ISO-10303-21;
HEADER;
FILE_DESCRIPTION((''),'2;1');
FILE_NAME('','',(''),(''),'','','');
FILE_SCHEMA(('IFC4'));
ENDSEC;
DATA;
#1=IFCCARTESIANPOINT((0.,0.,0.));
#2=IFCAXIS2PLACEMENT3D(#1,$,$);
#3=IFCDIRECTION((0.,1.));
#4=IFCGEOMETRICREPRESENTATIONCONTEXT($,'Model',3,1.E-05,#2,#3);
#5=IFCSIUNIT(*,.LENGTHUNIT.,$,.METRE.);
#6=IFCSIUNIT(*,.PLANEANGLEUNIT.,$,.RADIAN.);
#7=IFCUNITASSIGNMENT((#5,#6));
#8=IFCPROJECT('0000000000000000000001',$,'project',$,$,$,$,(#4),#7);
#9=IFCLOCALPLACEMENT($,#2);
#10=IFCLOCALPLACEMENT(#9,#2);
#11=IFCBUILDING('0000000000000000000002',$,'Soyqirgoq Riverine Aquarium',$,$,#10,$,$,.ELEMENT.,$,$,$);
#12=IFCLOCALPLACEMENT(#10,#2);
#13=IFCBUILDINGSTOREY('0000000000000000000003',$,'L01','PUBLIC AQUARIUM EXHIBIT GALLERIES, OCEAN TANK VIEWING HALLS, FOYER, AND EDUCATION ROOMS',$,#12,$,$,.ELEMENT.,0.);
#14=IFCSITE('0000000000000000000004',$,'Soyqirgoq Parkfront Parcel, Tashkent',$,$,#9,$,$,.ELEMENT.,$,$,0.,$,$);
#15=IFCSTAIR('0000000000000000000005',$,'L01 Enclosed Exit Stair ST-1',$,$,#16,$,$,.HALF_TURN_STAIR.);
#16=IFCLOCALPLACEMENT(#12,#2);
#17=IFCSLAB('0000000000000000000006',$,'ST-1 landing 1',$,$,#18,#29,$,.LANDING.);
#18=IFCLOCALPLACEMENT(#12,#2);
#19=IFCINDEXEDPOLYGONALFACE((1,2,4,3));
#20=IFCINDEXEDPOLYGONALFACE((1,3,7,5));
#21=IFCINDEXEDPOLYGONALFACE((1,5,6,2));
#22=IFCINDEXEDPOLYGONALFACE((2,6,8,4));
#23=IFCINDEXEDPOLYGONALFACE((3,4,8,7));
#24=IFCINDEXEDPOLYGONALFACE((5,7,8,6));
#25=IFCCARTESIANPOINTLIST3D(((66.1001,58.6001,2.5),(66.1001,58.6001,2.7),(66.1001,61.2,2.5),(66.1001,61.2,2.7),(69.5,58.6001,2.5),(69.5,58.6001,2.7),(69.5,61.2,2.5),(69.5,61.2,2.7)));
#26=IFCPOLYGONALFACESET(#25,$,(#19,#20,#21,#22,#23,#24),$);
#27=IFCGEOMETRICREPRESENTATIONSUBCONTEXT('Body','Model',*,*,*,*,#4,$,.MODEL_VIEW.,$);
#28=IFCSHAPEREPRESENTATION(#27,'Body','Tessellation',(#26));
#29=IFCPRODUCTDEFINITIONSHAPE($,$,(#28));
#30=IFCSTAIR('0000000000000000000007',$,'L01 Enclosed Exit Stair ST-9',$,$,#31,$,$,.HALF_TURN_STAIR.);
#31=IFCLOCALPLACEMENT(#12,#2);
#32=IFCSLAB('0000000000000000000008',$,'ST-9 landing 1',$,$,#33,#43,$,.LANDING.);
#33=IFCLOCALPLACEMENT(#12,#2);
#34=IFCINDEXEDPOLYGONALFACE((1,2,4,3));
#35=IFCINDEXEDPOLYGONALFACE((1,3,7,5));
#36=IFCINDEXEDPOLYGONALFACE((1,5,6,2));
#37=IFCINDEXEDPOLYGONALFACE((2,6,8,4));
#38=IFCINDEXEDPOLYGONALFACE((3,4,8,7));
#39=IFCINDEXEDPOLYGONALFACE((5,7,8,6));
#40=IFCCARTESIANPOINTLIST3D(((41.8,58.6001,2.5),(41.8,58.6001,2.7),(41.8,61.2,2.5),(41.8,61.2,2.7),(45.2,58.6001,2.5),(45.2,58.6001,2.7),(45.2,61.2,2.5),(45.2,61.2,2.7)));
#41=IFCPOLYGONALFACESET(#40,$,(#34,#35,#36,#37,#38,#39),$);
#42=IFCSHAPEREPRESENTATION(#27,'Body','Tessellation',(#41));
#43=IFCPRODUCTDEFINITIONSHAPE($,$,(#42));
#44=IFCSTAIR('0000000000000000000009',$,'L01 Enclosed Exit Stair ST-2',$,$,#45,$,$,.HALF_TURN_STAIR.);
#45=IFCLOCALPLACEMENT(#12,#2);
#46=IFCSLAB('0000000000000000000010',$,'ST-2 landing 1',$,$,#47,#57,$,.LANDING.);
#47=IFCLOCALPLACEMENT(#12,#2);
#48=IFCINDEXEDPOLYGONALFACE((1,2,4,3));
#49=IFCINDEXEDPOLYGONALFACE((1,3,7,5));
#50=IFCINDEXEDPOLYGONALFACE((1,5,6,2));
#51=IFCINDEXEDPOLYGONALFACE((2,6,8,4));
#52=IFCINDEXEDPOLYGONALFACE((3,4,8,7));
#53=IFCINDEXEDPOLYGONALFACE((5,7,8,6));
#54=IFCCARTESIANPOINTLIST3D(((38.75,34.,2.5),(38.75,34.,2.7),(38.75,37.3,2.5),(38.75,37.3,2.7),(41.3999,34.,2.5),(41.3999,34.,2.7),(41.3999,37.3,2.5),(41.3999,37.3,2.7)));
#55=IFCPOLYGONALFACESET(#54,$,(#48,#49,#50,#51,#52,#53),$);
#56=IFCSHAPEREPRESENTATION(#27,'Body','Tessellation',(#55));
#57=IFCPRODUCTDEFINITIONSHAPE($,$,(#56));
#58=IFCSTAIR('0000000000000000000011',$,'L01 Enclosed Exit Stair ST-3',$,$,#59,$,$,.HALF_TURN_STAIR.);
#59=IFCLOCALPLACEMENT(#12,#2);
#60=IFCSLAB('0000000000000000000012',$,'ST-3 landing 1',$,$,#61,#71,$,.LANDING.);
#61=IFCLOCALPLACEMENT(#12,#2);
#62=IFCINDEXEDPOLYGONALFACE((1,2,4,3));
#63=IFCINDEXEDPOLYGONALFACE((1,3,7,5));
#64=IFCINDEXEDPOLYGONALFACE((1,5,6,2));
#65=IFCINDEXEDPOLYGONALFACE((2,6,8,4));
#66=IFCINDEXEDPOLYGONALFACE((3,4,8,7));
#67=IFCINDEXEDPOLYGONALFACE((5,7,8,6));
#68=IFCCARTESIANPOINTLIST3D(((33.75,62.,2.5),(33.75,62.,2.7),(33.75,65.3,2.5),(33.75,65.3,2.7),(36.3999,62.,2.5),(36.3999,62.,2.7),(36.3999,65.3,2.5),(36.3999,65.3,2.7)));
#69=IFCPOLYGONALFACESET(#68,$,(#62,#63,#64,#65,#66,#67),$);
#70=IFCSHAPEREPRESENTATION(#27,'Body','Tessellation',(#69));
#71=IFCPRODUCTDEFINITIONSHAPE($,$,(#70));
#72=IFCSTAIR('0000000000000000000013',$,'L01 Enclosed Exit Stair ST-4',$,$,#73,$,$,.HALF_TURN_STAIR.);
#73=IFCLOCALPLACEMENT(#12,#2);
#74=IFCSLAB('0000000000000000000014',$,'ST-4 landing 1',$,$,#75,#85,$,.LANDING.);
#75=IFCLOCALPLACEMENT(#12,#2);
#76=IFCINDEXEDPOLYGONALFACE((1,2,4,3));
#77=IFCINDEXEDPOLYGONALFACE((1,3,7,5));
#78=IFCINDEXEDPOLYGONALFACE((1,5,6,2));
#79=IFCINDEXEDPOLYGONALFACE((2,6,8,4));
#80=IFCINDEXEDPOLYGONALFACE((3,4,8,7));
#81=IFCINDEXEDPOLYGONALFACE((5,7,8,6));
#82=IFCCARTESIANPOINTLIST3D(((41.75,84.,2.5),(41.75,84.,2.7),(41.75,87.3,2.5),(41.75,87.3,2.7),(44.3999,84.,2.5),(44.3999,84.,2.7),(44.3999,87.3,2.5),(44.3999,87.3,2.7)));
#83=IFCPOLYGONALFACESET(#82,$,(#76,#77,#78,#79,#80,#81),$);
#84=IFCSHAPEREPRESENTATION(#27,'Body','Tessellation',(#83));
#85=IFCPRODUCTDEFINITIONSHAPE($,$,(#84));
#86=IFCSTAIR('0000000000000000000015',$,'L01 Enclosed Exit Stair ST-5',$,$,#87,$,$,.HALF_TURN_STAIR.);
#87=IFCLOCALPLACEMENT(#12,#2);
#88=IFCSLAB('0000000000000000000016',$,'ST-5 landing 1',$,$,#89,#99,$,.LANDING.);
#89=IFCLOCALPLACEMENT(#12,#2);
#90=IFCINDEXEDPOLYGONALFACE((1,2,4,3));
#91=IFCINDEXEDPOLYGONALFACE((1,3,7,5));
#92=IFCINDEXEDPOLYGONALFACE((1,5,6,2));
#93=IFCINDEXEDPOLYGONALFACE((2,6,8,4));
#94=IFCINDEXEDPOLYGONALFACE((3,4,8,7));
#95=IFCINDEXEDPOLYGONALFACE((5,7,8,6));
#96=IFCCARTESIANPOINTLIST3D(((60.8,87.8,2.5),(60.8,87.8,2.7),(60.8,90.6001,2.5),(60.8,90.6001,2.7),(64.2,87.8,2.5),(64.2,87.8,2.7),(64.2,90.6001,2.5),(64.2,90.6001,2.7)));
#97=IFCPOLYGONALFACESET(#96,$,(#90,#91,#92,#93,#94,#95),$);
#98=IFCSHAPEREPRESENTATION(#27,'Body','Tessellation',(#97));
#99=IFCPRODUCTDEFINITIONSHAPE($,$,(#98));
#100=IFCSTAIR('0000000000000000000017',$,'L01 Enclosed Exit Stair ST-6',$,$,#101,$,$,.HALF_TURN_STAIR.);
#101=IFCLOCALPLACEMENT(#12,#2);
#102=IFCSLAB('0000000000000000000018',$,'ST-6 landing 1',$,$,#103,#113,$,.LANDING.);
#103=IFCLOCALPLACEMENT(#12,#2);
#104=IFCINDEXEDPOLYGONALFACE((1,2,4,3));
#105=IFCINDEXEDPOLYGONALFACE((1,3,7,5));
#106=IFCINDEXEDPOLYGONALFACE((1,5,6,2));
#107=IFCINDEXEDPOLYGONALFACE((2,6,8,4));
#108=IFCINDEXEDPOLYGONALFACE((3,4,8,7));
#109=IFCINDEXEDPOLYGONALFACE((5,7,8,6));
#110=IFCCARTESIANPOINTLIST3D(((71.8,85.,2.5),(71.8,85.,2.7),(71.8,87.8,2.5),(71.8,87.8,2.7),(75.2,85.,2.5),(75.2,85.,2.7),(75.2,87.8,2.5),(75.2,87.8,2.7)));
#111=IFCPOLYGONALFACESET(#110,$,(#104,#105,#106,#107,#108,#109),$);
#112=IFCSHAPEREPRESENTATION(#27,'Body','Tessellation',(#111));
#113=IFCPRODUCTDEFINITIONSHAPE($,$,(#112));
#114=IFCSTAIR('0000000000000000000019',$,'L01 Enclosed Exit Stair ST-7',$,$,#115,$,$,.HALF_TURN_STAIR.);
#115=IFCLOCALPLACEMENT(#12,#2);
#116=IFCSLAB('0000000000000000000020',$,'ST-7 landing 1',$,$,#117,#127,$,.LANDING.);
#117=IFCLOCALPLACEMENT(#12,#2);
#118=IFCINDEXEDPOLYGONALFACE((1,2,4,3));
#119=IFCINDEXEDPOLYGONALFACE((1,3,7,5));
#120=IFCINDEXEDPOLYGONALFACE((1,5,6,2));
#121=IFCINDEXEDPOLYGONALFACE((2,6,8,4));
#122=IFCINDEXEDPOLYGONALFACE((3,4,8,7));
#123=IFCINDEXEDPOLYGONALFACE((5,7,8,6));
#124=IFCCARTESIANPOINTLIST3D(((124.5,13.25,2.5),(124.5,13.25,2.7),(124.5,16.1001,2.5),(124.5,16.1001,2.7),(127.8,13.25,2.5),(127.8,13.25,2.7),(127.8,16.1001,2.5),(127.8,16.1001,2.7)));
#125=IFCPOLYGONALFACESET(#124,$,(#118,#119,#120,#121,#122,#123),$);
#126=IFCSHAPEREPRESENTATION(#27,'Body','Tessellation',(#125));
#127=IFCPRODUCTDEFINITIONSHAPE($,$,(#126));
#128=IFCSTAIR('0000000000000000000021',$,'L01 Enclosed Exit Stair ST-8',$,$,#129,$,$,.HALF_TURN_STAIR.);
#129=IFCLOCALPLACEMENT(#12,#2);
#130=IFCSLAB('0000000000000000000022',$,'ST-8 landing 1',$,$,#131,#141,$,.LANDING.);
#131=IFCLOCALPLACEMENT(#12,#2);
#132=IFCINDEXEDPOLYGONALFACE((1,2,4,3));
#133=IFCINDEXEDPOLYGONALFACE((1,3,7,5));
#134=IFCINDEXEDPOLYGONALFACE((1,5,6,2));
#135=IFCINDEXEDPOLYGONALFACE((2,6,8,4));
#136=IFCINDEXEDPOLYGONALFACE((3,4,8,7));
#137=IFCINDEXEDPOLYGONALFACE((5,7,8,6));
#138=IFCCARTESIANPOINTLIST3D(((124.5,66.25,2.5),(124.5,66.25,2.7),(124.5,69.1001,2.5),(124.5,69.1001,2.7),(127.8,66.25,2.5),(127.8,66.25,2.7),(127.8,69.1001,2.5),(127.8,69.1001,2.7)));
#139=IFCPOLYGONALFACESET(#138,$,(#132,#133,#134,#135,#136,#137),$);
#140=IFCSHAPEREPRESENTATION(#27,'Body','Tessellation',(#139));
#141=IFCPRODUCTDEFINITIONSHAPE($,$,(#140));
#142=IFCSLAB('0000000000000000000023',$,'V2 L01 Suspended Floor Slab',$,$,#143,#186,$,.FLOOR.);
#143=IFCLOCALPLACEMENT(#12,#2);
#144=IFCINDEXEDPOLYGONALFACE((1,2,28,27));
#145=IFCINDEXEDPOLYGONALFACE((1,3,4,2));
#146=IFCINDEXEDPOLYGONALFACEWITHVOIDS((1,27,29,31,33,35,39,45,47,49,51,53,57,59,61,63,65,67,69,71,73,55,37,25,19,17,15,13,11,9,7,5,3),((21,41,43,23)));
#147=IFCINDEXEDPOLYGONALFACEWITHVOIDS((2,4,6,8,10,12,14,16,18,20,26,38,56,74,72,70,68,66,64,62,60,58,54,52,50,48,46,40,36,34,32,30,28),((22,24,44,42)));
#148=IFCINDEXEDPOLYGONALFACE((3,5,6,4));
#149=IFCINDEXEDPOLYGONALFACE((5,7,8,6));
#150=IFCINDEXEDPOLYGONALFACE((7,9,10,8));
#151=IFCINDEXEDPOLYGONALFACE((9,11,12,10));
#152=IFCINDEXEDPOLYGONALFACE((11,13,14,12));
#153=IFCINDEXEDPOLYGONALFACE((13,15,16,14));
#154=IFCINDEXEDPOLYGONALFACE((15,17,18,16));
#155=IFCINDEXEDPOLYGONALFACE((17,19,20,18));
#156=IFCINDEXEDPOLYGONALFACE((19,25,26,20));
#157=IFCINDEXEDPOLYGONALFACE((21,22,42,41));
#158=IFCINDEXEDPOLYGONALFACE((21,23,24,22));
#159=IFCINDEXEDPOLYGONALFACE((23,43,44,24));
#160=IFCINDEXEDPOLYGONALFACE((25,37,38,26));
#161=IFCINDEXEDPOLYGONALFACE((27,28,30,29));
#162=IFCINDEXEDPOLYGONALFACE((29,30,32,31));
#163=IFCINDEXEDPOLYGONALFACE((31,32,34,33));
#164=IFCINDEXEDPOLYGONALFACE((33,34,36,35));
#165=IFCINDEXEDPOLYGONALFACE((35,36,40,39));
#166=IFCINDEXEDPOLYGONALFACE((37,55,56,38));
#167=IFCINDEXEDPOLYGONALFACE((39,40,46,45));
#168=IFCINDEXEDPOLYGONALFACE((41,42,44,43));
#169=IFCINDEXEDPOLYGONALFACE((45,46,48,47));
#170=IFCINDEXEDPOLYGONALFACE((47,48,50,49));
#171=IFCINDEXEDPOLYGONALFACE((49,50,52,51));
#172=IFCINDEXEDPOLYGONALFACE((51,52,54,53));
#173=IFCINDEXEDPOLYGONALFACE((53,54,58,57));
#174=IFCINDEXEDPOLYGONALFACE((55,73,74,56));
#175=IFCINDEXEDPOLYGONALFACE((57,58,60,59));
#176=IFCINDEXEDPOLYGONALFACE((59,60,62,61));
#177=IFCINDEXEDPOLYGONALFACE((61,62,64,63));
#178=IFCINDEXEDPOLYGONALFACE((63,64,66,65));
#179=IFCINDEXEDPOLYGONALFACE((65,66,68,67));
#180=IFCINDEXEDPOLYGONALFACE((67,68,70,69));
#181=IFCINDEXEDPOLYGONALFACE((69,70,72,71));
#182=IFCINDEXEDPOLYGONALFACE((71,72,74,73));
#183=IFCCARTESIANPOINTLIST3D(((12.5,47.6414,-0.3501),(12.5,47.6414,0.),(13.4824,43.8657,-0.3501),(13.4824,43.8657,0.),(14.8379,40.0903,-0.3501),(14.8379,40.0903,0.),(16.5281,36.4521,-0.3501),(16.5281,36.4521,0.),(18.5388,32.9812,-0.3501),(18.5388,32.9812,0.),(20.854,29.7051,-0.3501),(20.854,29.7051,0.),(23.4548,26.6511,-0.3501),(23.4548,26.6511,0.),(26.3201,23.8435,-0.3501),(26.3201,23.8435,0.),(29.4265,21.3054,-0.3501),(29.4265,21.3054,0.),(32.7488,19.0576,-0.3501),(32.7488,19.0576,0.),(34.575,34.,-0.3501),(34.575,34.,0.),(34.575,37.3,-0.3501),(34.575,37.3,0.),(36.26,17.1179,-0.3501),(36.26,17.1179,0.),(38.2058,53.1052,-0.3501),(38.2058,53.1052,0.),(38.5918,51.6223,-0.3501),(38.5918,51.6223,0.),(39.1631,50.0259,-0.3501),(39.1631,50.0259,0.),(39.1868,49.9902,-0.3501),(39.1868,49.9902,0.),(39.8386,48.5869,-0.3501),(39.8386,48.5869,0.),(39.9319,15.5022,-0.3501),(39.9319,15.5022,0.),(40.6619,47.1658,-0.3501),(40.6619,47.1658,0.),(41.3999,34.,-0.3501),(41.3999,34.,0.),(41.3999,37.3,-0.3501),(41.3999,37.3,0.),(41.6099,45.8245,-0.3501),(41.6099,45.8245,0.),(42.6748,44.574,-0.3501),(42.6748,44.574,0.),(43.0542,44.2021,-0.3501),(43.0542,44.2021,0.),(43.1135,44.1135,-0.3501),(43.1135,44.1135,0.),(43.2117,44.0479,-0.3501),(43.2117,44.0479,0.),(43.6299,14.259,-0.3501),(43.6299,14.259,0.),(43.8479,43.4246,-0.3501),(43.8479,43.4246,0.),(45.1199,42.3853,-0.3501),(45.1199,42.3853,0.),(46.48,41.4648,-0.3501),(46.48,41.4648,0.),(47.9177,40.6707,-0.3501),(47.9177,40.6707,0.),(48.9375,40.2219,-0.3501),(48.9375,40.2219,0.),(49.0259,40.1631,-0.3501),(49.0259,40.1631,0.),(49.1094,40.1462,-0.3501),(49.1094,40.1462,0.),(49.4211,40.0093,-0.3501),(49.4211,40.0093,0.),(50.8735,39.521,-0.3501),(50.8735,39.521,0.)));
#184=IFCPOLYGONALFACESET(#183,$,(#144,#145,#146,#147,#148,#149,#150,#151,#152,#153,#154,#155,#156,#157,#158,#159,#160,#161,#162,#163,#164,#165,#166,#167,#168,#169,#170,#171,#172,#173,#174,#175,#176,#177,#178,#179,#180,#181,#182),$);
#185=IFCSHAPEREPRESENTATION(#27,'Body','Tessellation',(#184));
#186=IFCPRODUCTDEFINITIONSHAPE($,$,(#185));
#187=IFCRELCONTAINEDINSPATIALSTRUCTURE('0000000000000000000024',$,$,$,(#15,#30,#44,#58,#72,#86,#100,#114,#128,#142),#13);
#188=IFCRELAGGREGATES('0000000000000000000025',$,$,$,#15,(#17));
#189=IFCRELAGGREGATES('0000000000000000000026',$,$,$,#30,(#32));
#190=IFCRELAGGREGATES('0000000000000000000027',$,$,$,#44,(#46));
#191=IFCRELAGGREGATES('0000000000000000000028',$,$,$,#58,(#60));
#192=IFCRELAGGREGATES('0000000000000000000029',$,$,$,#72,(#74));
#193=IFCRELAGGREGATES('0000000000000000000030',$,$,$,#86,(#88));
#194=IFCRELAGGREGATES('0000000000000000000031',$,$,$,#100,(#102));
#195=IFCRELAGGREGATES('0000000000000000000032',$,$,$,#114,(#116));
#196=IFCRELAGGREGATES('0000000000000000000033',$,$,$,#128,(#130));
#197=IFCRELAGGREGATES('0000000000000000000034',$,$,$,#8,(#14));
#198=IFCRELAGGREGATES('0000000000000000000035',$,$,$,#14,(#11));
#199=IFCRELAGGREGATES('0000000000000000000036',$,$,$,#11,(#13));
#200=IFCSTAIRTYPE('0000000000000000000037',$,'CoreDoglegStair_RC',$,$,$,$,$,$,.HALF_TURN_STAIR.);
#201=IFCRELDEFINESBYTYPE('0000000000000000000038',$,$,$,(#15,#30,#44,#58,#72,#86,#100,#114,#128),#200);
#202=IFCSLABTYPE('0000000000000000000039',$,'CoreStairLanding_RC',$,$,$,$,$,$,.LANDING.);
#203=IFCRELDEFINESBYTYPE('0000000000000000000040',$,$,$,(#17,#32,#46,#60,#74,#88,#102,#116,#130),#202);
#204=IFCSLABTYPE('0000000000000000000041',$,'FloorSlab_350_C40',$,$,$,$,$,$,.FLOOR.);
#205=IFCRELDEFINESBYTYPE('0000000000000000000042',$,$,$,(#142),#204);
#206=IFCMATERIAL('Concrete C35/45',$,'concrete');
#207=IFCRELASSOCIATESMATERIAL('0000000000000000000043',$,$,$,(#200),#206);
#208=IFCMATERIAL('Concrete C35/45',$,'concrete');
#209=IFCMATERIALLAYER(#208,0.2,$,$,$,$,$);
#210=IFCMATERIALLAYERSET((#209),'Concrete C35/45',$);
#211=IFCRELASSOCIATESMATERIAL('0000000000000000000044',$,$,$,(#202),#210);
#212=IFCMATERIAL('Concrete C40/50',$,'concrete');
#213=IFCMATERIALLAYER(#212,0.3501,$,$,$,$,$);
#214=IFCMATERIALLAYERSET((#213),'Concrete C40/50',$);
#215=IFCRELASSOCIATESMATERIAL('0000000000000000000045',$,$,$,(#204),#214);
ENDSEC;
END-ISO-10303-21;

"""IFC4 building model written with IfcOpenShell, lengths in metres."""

from ifc_helpers import new_model, si_unit, direction, frame, origin, place, context, subcontext, project, spatial, polyline, outline, extrude, material, layer, layer_set, type_object, element, aggregate, save


model = new_model("IFC4")

# Units and contexts
model_context = context("Model", 3, precision=1e-05, world=origin(), true_north=direction((0.0, 1.0)))
body_context = subcontext(model_context, "Body", "Model", "MODEL_VIEW")
ifc_project = project(units=[si_unit("LENGTHUNIT", "METRE"), si_unit("PLANEANGLEUNIT", "RADIAN")], contexts=[model_context])

# Site, building, storey
site_placement = place(None, origin())
site = spatial("IfcSite", under=ifc_project, at=site_placement, Name="Soyqirgoq Parkfront Parcel, Tashkent", CompositionType="ELEMENT", RefElevation=0.0)
building_placement = place(site_placement, origin())
building = spatial("IfcBuilding", under=site, at=building_placement, Name="Soyqirgoq Riverine Aquarium", CompositionType="ELEMENT")
storey_placement = place(building_placement, origin())
storey = spatial("IfcBuildingStorey", under=building, at=storey_placement, Name="L01", Description="PUBLIC AQUARIUM EXHIBIT GALLERIES, OCEAN TANK VIEWING HALLS, FOYER, AND EDUCATION ROOMS", CompositionType="ELEMENT", Elevation=0.0)

# Stairs, slabs
ifc_material_1 = material(Name="Concrete C35/45", Category="concrete")
stair_type = type_object("IfcStairType", Name="CoreDoglegStair_RC", PredefinedType="HALF_TURN_STAIR", material=ifc_material_1)
stair_1_placement = place(storey_placement, origin())
stair_1 = element("IfcStair", 1, at=stair_1_placement, inside=storey, type_object=stair_type, Name="L01 Enclosed Exit Stair ST-1", PredefinedType="HALF_TURN_STAIR")
ifc_material_2 = material(Name="Concrete C35/45", Category="concrete")
ifc_layer_1 = layer(ifc_material_2, 0.2)
ifc_layer_set_1 = layer_set([ifc_layer_1], Name="Concrete C35/45")
slab_type_1 = type_object("IfcSlabType", Name="CoreStairLanding_RC", PredefinedType="LANDING", material=ifc_layer_set_1)
slab_1_placement = place(storey_placement, frame((0.0, 0.0, 2.5)))
slab_1 = element("IfcSlab", 2, at=slab_1_placement, type_object=slab_type_1, Name="ST-1 landing 1", PredefinedType="LANDING", context=body_context, shape_type="SweptSolid", body=[
    extrude(outline(polyline([(69.5, 58.6001), (69.5, 61.2), (66.1001, 61.2), (66.1001, 58.6001), (69.5, 58.6001)])), origin(), (0.0, 0.0, 1.0), 0.2),
])
aggregate(stair_1, [slab_1])
stair_2_placement = place(storey_placement, origin())
stair_2 = element("IfcStair", 3, at=stair_2_placement, inside=storey, type_object=stair_type, Name="L01 Enclosed Exit Stair ST-9", PredefinedType="HALF_TURN_STAIR")
slab_2_placement = place(storey_placement, frame((0.0, 0.0, 2.5)))
slab_2 = element("IfcSlab", 4, at=slab_2_placement, type_object=slab_type_1, Name="ST-9 landing 1", PredefinedType="LANDING", context=body_context, shape_type="SweptSolid", body=[
    extrude(outline(polyline([(45.2, 58.6001), (45.2, 61.2), (41.8, 61.2), (41.8, 58.6001), (45.2, 58.6001)])), origin(), (0.0, 0.0, 1.0), 0.2),
])
aggregate(stair_2, [slab_2])
stair_3_placement = place(storey_placement, origin())
stair_3 = element("IfcStair", 5, at=stair_3_placement, inside=storey, type_object=stair_type, Name="L01 Enclosed Exit Stair ST-2", PredefinedType="HALF_TURN_STAIR")
slab_3_placement = place(storey_placement, frame((0.0, 0.0, 2.5)))
slab_3 = element("IfcSlab", 6, at=slab_3_placement, type_object=slab_type_1, Name="ST-2 landing 1", PredefinedType="LANDING", context=body_context, shape_type="SweptSolid", body=[
    extrude(outline(polyline([(38.75, 34.0), (41.3999, 34.0), (41.3999, 37.3), (38.75, 37.3), (38.75, 34.0)])), origin(), (0.0, 0.0, 1.0), 0.2),
])
aggregate(stair_3, [slab_3])
stair_4_placement = place(storey_placement, origin())
stair_4 = element("IfcStair", 7, at=stair_4_placement, inside=storey, type_object=stair_type, Name="L01 Enclosed Exit Stair ST-3", PredefinedType="HALF_TURN_STAIR")
slab_4_placement = place(storey_placement, frame((0.0, 0.0, 2.5)))
slab_4 = element("IfcSlab", 8, at=slab_4_placement, type_object=slab_type_1, Name="ST-3 landing 1", PredefinedType="LANDING", context=body_context, shape_type="SweptSolid", body=[
    extrude(outline(polyline([(33.75, 62.0), (36.3999, 62.0), (36.3999, 65.3), (33.75, 65.3), (33.75, 62.0)])), origin(), (0.0, 0.0, 1.0), 0.2),
])
aggregate(stair_4, [slab_4])
stair_5_placement = place(storey_placement, origin())
stair_5 = element("IfcStair", 9, at=stair_5_placement, inside=storey, type_object=stair_type, Name="L01 Enclosed Exit Stair ST-4", PredefinedType="HALF_TURN_STAIR")
slab_5_placement = place(storey_placement, frame((0.0, 0.0, 2.5)))
slab_5 = element("IfcSlab", 10, at=slab_5_placement, type_object=slab_type_1, Name="ST-4 landing 1", PredefinedType="LANDING", context=body_context, shape_type="SweptSolid", body=[
    extrude(outline(polyline([(41.75, 84.0), (44.3999, 84.0), (44.3999, 87.3), (41.75, 87.3), (41.75, 84.0)])), origin(), (0.0, 0.0, 1.0), 0.2),
])
aggregate(stair_5, [slab_5])
stair_6_placement = place(storey_placement, origin())
stair_6 = element("IfcStair", 11, at=stair_6_placement, inside=storey, type_object=stair_type, Name="L01 Enclosed Exit Stair ST-5", PredefinedType="HALF_TURN_STAIR")
slab_6_placement = place(storey_placement, frame((0.0, 0.0, 2.5)))
slab_6 = element("IfcSlab", 12, at=slab_6_placement, type_object=slab_type_1, Name="ST-5 landing 1", PredefinedType="LANDING", context=body_context, shape_type="SweptSolid", body=[
    extrude(outline(polyline([(64.2, 87.8), (64.2, 90.6001), (60.8, 90.6001), (60.8, 87.8), (64.2, 87.8)])), origin(), (0.0, 0.0, 1.0), 0.2),
])
aggregate(stair_6, [slab_6])
stair_7_placement = place(storey_placement, origin())
stair_7 = element("IfcStair", 13, at=stair_7_placement, inside=storey, type_object=stair_type, Name="L01 Enclosed Exit Stair ST-6", PredefinedType="HALF_TURN_STAIR")
slab_7_placement = place(storey_placement, frame((0.0, 0.0, 2.5)))
slab_7 = element("IfcSlab", 14, at=slab_7_placement, type_object=slab_type_1, Name="ST-6 landing 1", PredefinedType="LANDING", context=body_context, shape_type="SweptSolid", body=[
    extrude(outline(polyline([(75.2, 85.0), (75.2, 87.8), (71.8, 87.8), (71.8, 85.0), (75.2, 85.0)])), origin(), (0.0, 0.0, 1.0), 0.2),
])
aggregate(stair_7, [slab_7])
stair_8_placement = place(storey_placement, origin())
stair_8 = element("IfcStair", 15, at=stair_8_placement, inside=storey, type_object=stair_type, Name="L01 Enclosed Exit Stair ST-7", PredefinedType="HALF_TURN_STAIR")
slab_8_placement = place(storey_placement, frame((0.0, 0.0, 2.5)))
slab_8 = element("IfcSlab", 16, at=slab_8_placement, type_object=slab_type_1, Name="ST-7 landing 1", PredefinedType="LANDING", context=body_context, shape_type="SweptSolid", body=[
    extrude(outline(polyline([(127.8, 13.25), (127.8, 16.1001), (124.5, 16.1001), (124.5, 13.25), (127.8, 13.25)])), origin(), (0.0, 0.0, 1.0), 0.2),
])
aggregate(stair_8, [slab_8])
stair_9_placement = place(storey_placement, origin())
stair_9 = element("IfcStair", 17, at=stair_9_placement, inside=storey, type_object=stair_type, Name="L01 Enclosed Exit Stair ST-8", PredefinedType="HALF_TURN_STAIR")
slab_9_placement = place(storey_placement, frame((0.0, 0.0, 2.5)))
slab_9 = element("IfcSlab", 18, at=slab_9_placement, type_object=slab_type_1, Name="ST-8 landing 1", PredefinedType="LANDING", context=body_context, shape_type="SweptSolid", body=[
    extrude(outline(polyline([(127.8, 66.25), (127.8, 69.1001), (124.5, 69.1001), (124.5, 66.25), (127.8, 66.25)])), origin(), (0.0, 0.0, 1.0), 0.2),
])
aggregate(stair_9, [slab_9])

# Slab
ifc_material_3 = material(Name="Concrete C40/50", Category="concrete")
ifc_layer_2 = layer(ifc_material_3, 0.3501)
ifc_layer_set_2 = layer_set([ifc_layer_2], Name="Concrete C40/50")
slab_type_2 = type_object("IfcSlabType", Name="FloorSlab_350_C40", PredefinedType="FLOOR", material=ifc_layer_set_2)
slab_10_placement = place(storey_placement, frame((0.0, 0.0, -0.3501)))
element("IfcSlab", 19, at=slab_10_placement, inside=storey, type_object=slab_type_2, Name="V2 L01 Suspended Floor Slab", PredefinedType="FLOOR", context=body_context, shape_type="SweptSolid", body=[
    extrude(outline(polyline([(38.2058, 53.1052), (12.5, 47.6414), (13.4824, 43.8657), (14.8379, 40.0903), (16.5281, 36.4521), (18.5388, 32.9812), (20.854, 29.7051), (23.4548, 26.6511), (26.3201, 23.8435), (29.4265, 21.3054), (32.7488, 19.0576), (36.26, 17.1179), (39.9319, 15.5022), (43.6299, 14.259), (50.8735, 39.521), (49.4211, 40.0093), (49.1094, 40.1462), (49.0259, 40.1631), (48.9375, 40.2219), (47.9177, 40.6707), (46.48, 41.4648), (45.1199, 42.3853), (43.8479, 43.4246), (43.2117, 44.0479), (43.1135, 44.1135), (43.0542, 44.2021), (42.6748, 44.574), (41.6099, 45.8245), (40.6619, 47.1658), (39.8386, 48.5869), (39.1868, 49.9902), (39.1631, 50.0259), (38.5918, 51.6223), (38.2058, 53.1052)]), holes=[polyline([(34.575, 34.0), (41.3999, 34.0), (41.3999, 37.3), (34.575, 37.3), (34.575, 34.0)])]), origin(), (0.0, 0.0, 1.0), 0.3501),
])

save(model, "model.ifc")
